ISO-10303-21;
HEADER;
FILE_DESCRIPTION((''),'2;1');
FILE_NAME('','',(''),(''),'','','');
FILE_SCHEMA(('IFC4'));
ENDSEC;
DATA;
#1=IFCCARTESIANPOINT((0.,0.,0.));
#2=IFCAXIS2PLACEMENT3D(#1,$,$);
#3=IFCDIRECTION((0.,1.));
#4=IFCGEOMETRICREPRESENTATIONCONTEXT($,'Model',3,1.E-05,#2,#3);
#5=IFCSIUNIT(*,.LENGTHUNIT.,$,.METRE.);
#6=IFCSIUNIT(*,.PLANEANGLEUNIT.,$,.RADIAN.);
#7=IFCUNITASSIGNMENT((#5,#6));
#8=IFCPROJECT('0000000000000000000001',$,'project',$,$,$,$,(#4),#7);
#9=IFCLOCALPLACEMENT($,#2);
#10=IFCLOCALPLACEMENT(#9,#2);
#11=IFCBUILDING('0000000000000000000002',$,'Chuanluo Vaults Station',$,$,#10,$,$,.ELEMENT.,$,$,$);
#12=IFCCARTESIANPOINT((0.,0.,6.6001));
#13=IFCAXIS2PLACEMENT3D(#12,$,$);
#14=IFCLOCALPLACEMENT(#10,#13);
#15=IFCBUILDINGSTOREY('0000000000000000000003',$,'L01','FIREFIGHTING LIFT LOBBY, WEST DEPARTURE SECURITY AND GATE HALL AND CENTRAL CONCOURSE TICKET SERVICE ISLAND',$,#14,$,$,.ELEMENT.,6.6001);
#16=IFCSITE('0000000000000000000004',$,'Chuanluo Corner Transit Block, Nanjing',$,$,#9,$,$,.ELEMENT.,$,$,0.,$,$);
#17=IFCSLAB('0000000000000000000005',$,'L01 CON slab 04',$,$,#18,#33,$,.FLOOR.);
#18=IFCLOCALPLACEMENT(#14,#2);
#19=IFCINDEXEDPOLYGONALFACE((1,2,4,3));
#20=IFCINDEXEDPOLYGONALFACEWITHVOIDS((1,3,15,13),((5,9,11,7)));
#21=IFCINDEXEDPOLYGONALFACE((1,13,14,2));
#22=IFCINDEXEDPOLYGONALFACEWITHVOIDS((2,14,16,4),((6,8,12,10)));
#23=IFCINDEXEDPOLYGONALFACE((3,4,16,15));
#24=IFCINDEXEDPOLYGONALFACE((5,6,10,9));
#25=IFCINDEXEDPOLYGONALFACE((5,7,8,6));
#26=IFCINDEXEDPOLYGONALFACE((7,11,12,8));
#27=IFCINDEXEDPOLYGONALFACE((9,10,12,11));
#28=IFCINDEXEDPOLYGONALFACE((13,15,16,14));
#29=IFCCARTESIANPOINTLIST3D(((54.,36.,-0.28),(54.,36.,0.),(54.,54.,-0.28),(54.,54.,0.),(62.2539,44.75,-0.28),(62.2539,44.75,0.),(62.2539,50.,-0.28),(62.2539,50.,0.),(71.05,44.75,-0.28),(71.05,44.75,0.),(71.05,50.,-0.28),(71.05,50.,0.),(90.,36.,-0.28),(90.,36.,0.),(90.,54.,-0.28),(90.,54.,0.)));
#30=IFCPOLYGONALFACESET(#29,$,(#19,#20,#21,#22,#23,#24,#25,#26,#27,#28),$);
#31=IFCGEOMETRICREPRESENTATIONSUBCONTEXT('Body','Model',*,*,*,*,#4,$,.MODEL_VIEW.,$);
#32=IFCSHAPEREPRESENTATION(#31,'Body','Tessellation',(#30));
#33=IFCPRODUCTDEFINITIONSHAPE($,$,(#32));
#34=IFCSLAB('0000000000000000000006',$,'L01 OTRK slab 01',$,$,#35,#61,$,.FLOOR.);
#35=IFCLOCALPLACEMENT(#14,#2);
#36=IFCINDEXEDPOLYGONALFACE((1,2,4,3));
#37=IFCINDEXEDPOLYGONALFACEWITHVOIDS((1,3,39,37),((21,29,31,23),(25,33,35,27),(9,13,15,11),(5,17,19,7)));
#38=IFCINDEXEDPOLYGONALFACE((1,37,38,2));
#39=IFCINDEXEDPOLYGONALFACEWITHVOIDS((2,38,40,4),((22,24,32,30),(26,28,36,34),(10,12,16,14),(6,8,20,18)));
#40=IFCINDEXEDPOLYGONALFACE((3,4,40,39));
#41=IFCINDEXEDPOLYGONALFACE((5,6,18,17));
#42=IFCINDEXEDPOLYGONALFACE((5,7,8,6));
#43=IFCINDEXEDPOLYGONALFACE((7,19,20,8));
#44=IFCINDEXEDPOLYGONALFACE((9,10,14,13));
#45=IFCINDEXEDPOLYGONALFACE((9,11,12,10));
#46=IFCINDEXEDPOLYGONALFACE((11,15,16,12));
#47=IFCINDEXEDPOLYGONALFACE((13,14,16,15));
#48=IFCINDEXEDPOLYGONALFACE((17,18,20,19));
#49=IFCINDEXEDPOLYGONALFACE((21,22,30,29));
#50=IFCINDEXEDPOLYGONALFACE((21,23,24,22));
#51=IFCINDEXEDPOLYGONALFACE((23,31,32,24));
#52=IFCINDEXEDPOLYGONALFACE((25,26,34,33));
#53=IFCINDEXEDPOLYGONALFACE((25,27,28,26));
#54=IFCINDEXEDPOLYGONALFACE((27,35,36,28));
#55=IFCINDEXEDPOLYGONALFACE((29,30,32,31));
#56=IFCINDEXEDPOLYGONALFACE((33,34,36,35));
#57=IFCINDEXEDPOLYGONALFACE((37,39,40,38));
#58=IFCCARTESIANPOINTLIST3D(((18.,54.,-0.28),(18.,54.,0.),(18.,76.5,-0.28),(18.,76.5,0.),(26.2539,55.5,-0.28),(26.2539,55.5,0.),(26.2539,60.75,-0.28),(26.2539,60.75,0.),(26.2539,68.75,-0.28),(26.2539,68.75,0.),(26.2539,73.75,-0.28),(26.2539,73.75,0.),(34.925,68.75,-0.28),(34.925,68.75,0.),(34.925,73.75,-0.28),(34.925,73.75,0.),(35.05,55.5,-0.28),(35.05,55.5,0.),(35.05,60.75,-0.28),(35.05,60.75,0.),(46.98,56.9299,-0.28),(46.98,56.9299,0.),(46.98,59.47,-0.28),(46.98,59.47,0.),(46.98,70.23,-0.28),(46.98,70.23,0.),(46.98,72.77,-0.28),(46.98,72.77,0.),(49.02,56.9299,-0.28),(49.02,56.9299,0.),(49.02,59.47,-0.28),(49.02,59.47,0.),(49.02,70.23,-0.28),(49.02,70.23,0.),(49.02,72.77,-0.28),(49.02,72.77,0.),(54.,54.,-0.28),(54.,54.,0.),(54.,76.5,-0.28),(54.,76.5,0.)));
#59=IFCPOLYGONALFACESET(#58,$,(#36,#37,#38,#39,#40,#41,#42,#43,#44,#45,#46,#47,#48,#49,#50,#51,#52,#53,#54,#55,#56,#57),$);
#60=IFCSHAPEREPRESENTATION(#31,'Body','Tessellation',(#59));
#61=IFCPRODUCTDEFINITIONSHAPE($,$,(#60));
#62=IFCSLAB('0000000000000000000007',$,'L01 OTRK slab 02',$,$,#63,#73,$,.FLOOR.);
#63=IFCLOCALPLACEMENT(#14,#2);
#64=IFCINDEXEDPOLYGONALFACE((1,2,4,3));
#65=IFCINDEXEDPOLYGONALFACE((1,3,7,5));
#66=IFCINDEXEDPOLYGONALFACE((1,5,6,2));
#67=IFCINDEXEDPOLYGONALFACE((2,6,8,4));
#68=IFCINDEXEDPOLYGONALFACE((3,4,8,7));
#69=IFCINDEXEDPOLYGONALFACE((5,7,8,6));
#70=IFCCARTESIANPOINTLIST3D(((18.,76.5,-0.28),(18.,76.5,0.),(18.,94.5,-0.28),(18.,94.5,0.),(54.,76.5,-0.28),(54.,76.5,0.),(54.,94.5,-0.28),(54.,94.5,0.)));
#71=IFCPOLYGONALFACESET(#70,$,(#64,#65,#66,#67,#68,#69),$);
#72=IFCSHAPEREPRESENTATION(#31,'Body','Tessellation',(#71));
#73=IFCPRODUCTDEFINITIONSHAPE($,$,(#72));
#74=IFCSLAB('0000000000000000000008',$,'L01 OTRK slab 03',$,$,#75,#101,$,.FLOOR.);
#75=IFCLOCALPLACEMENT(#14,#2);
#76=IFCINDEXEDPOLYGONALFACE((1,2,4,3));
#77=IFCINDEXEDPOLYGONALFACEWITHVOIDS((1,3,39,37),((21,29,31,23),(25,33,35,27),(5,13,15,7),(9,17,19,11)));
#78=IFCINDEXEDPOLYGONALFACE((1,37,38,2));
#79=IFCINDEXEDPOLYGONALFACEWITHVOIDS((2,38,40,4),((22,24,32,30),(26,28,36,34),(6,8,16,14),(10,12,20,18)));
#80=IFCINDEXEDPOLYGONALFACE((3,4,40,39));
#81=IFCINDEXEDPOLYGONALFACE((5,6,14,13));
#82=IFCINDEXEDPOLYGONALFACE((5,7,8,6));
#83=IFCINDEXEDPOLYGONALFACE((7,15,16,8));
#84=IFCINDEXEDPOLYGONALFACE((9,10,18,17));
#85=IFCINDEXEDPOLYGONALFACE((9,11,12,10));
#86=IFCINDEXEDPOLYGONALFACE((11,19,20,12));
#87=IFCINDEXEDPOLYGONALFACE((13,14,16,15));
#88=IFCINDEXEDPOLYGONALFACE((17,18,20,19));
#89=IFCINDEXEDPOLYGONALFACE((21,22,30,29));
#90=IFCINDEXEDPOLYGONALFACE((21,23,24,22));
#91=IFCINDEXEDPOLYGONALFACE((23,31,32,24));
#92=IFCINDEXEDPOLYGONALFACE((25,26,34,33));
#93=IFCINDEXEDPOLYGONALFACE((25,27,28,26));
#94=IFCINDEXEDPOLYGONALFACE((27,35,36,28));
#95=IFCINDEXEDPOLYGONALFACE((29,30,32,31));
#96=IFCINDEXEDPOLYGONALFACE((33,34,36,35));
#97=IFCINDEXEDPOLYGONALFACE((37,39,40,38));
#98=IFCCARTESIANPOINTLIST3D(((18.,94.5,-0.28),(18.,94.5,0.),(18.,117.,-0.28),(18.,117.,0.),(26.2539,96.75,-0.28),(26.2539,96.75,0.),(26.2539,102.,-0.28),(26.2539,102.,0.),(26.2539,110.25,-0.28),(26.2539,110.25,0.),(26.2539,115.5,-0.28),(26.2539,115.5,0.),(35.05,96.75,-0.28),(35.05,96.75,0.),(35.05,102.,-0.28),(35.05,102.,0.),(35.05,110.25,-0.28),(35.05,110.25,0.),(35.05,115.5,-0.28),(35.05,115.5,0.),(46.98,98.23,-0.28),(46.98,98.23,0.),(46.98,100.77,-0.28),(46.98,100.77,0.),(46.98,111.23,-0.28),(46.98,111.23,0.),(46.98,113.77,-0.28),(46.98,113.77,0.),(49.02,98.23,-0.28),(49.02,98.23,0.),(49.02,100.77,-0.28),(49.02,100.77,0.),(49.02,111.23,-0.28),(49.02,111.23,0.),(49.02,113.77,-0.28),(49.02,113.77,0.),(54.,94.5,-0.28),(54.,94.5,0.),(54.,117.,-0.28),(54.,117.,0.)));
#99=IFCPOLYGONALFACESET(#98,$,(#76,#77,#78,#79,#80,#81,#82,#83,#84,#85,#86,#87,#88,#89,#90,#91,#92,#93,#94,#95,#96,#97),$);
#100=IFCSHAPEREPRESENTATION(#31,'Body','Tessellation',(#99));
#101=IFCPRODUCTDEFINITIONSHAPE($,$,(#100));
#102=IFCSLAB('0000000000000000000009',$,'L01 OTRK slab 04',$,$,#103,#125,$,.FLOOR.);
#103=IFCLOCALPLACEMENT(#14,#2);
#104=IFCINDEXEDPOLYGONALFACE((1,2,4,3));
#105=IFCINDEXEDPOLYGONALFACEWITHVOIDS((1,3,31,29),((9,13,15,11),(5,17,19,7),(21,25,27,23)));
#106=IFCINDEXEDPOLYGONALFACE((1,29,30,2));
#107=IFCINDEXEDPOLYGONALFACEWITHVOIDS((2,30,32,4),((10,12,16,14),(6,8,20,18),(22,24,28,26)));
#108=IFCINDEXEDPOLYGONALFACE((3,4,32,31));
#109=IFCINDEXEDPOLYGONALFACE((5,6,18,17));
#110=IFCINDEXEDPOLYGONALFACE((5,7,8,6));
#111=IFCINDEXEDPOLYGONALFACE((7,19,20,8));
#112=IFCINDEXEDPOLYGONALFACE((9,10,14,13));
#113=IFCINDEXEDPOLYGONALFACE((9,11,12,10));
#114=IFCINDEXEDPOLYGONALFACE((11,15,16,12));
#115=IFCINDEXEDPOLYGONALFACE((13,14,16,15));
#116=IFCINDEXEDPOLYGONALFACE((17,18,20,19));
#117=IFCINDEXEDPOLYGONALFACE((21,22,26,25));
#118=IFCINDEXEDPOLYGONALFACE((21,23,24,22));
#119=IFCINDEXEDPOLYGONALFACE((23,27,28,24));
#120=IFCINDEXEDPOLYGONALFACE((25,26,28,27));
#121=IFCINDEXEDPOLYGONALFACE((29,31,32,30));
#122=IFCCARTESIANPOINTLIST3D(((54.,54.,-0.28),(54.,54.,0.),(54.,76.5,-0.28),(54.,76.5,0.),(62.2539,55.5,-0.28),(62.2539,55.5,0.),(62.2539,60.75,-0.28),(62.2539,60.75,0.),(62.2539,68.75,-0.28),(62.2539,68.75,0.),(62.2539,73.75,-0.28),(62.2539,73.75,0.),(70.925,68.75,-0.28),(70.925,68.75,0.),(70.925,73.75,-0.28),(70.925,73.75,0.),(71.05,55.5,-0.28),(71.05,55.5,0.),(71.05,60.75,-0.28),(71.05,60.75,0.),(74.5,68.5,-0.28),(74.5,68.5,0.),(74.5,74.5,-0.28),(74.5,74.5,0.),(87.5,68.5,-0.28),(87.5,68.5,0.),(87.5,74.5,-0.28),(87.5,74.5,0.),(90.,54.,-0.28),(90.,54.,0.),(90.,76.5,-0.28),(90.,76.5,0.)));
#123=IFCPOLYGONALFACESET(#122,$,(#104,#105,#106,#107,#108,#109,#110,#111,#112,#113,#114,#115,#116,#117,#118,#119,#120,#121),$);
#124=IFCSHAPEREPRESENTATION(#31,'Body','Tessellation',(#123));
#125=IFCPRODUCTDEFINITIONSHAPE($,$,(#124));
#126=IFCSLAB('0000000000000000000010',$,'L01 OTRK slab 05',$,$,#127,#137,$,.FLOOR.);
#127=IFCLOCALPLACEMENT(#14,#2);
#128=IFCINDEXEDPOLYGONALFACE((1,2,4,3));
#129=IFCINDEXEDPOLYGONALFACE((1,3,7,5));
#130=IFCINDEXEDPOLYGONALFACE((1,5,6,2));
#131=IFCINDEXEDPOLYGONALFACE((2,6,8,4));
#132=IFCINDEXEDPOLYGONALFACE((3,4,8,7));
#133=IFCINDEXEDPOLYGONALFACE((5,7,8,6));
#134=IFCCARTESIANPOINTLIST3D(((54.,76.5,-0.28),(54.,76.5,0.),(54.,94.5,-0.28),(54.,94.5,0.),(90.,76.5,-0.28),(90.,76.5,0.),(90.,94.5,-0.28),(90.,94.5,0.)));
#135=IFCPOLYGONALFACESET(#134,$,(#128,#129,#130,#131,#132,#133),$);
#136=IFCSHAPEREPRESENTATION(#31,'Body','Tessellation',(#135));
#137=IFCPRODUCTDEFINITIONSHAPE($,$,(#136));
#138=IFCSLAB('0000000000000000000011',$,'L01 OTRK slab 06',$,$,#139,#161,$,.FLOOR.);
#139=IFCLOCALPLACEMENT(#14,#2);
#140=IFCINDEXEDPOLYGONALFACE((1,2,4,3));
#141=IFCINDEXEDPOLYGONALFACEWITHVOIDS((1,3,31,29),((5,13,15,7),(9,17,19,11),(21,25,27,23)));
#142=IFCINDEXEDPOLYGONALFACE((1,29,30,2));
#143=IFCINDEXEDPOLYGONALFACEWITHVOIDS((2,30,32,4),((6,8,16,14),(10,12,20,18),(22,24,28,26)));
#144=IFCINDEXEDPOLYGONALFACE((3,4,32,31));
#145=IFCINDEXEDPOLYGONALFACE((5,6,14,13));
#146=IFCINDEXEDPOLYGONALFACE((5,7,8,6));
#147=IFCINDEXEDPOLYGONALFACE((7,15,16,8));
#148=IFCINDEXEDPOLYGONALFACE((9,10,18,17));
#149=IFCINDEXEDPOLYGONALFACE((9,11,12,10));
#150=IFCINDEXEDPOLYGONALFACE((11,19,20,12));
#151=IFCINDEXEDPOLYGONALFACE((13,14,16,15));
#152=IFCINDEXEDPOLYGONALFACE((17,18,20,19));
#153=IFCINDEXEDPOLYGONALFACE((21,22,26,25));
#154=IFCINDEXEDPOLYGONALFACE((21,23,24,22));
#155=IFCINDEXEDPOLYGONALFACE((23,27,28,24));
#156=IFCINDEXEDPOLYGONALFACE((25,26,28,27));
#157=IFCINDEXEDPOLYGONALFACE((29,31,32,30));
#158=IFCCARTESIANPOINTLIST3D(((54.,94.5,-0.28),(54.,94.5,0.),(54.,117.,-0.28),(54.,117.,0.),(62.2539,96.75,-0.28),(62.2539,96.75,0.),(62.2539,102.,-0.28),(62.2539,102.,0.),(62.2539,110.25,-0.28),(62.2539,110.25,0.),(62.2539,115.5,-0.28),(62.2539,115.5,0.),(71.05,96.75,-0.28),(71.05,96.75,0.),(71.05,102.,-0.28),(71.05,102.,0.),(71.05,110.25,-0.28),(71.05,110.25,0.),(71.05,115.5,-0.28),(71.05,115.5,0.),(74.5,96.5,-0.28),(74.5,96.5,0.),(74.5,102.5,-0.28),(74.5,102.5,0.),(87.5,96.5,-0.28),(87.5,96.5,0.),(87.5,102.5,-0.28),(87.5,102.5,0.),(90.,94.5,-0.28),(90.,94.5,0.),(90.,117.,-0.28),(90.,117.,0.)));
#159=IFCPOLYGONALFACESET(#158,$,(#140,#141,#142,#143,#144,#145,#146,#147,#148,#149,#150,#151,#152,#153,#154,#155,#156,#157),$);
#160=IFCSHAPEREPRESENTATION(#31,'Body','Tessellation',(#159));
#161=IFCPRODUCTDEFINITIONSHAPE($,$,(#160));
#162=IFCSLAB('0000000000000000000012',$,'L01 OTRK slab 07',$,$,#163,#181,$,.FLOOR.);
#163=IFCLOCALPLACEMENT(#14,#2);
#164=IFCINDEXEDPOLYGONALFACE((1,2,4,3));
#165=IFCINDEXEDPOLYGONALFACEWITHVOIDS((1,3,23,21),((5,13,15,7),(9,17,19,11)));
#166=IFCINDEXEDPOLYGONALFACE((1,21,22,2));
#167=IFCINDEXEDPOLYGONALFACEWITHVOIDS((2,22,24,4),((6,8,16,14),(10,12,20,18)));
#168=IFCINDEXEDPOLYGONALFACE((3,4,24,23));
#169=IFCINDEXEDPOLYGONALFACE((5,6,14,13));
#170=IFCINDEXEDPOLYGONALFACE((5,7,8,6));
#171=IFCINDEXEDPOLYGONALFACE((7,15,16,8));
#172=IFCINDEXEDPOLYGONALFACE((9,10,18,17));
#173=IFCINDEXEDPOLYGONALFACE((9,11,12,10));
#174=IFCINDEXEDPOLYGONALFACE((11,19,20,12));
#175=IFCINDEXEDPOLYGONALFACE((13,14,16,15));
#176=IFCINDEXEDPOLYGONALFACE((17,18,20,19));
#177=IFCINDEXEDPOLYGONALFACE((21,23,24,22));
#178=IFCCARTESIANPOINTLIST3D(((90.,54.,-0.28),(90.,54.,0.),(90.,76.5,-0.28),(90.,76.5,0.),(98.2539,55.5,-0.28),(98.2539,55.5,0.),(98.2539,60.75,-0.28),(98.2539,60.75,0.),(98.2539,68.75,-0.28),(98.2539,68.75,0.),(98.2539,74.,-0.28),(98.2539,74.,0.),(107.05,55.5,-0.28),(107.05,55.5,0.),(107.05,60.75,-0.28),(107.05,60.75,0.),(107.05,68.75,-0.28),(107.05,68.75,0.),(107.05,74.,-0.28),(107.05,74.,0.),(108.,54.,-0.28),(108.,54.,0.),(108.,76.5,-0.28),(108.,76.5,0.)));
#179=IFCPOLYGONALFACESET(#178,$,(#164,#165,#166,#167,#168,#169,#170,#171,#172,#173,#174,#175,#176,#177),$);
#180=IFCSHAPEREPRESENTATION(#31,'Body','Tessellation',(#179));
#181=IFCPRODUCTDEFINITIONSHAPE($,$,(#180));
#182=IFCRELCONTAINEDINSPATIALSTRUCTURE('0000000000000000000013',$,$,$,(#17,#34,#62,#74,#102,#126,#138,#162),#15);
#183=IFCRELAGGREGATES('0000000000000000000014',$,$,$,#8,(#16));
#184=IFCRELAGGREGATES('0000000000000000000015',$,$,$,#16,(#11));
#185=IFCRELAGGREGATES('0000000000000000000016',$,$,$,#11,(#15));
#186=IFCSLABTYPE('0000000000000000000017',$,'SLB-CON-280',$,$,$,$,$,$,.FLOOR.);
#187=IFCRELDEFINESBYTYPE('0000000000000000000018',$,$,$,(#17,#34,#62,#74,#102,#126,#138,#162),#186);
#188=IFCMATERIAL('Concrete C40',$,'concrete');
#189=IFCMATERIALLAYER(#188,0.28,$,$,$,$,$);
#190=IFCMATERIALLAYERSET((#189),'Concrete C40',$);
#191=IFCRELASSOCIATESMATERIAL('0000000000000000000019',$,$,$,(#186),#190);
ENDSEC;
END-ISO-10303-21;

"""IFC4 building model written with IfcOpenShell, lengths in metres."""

from ifc_helpers import new_model, si_unit, direction, frame, origin, place, context, subcontext, project, spatial, polyline, outline, extrude, material, layer, layer_set, type_object, element, save


model = new_model("IFC4")

# Units and contexts
model_context = context("Model", 3, precision=1e-05, world=origin(), true_north=direction((0.0, 1.0)))
body_context = subcontext(model_context, "Body", "Model", "MODEL_VIEW")
ifc_project = project(units=[si_unit("LENGTHUNIT", "METRE"), si_unit("PLANEANGLEUNIT", "RADIAN")], contexts=[model_context])

# Site, building, storey
site_placement = place(None, origin())
site = spatial("IfcSite", under=ifc_project, at=site_placement, Name="Chuanluo Corner Transit Block, Nanjing", CompositionType="ELEMENT", RefElevation=0.0)
building_placement = place(site_placement, origin())
building = spatial("IfcBuilding", under=site, at=building_placement, Name="Chuanluo Vaults Station", CompositionType="ELEMENT")
storey_placement = place(building_placement, frame((0.0, 0.0, 6.6001)))
storey = spatial("IfcBuildingStorey", under=building, at=storey_placement, Name="L01", Description="FIREFIGHTING LIFT LOBBY, WEST DEPARTURE SECURITY AND GATE HALL AND CENTRAL CONCOURSE TICKET SERVICE ISLAND", CompositionType="ELEMENT", Elevation=6.6001)

# Slabs
ifc_material_1 = material(Name="Concrete C40", Category="concrete")
ifc_layer_1 = layer(ifc_material_1, 0.28)
ifc_layer_set_1 = layer_set([ifc_layer_1], Name="Concrete C40")
slab_type_1 = type_object("IfcSlabType", Name="SLB-CON-280", PredefinedType="FLOOR", material=ifc_layer_set_1)
slab_1_placement = place(storey_placement, frame((0.0, 0.0, -0.28)))
element("IfcSlab", 1, at=slab_1_placement, inside=storey, type_object=slab_type_1, Name="L01 CON slab 04", PredefinedType="FLOOR", context=body_context, shape_type="SweptSolid", body=[
    extrude(outline(polyline([(54.0, 36.0), (90.0, 36.0), (90.0, 54.0), (54.0, 54.0), (54.0, 36.0)]), holes=[polyline([(62.2539, 44.75), (71.05, 44.75), (71.05, 50.0), (62.2539, 50.0), (62.2539, 44.75)])]), origin(), (0.0, 0.0, 1.0), 0.28),
])
slab_2_placement = place(storey_placement, frame((0.0, 0.0, -0.28)))
element("IfcSlab", 2, at=slab_2_placement, inside=storey, type_object=slab_type_1, Name="L01 OTRK slab 01", PredefinedType="FLOOR", context=body_context, shape_type="SweptSolid", body=[
    extrude(outline(polyline([(18.0, 54.0), (54.0, 54.0), (54.0, 76.5), (18.0, 76.5), (18.0, 54.0)]), holes=[polyline([(26.2539, 55.5), (35.05, 55.5), (35.05, 60.75), (26.2539, 60.75), (26.2539, 55.5)]), polyline([(26.2539, 68.75), (34.925, 68.75), (34.925, 73.75), (26.2539, 73.75), (26.2539, 68.75)]), polyline([(46.98, 56.9299), (49.02, 56.9299), (49.02, 59.47), (46.98, 59.47), (46.98, 56.9299)]), polyline([(46.98, 70.23), (49.02, 70.23), (49.02, 72.77), (46.98, 72.77), (46.98, 70.23)])]), origin(), (0.0, 0.0, 1.0), 0.28),
])
slab_3_placement = place(storey_placement, frame((0.0, 0.0, -0.28)))
element("IfcSlab", 3, at=slab_3_placement, inside=storey, type_object=slab_type_1, Name="L01 OTRK slab 02", PredefinedType="FLOOR", context=body_context, shape_type="SweptSolid", body=[
    extrude(outline(polyline([(18.0, 76.5), (54.0, 76.5), (54.0, 94.5), (18.0, 94.5), (18.0, 76.5)])), origin(), (0.0, 0.0, 1.0), 0.28),
])
slab_4_placement = place(storey_placement, frame((0.0, 0.0, -0.28)))
element("IfcSlab", 4, at=slab_4_placement, inside=storey, type_object=slab_type_1, Name="L01 OTRK slab 03", PredefinedType="FLOOR", context=body_context, shape_type="SweptSolid", body=[
    extrude(outline(polyline([(18.0, 94.5), (54.0, 94.5), (54.0, 117.0), (18.0, 117.0), (18.0, 94.5)]), holes=[polyline([(26.2539, 96.75), (35.05, 96.75), (35.05, 102.0), (26.2539, 102.0), (26.2539, 96.75)]), polyline([(26.2539, 110.25), (35.05, 110.25), (35.05, 115.5), (26.2539, 115.5), (26.2539, 110.25)]), polyline([(46.98, 98.23), (49.02, 98.23), (49.02, 100.77), (46.98, 100.77), (46.98, 98.23)]), polyline([(46.98, 111.23), (49.02, 111.23), (49.02, 113.77), (46.98, 113.77), (46.98, 111.23)])]), origin(), (0.0, 0.0, 1.0), 0.28),
])
slab_5_placement = place(storey_placement, frame((0.0, 0.0, -0.28)))
element("IfcSlab", 5, at=slab_5_placement, inside=storey, type_object=slab_type_1, Name="L01 OTRK slab 04", PredefinedType="FLOOR", context=body_context, shape_type="SweptSolid", body=[
    extrude(outline(polyline([(54.0, 54.0), (90.0, 54.0), (90.0, 76.5), (54.0, 76.5), (54.0, 54.0)]), holes=[polyline([(62.2539, 55.5), (71.05, 55.5), (71.05, 60.75), (62.2539, 60.75), (62.2539, 55.5)]), polyline([(62.2539, 68.75), (70.925, 68.75), (70.925, 73.75), (62.2539, 73.75), (62.2539, 68.75)]), polyline([(74.5, 68.5), (87.5, 68.5), (87.5, 74.5), (74.5, 74.5), (74.5, 68.5)])]), origin(), (0.0, 0.0, 1.0), 0.28),
])
slab_6_placement = place(storey_placement, frame((0.0, 0.0, -0.28)))
element("IfcSlab", 6, at=slab_6_placement, inside=storey, type_object=slab_type_1, Name="L01 OTRK slab 05", PredefinedType="FLOOR", context=body_context, shape_type="SweptSolid", body=[
    extrude(outline(polyline([(54.0, 76.5), (90.0, 76.5), (90.0, 94.5), (54.0, 94.5), (54.0, 76.5)])), origin(), (0.0, 0.0, 1.0), 0.28),
])
slab_7_placement = place(storey_placement, frame((0.0, 0.0, -0.28)))
element("IfcSlab", 7, at=slab_7_placement, inside=storey, type_object=slab_type_1, Name="L01 OTRK slab 06", PredefinedType="FLOOR", context=body_context, shape_type="SweptSolid", body=[
    extrude(outline(polyline([(54.0, 94.5), (90.0, 94.5), (90.0, 117.0), (54.0, 117.0), (54.0, 94.5)]), holes=[polyline([(62.2539, 96.75), (71.05, 96.75), (71.05, 102.0), (62.2539, 102.0), (62.2539, 96.75)]), polyline([(62.2539, 110.25), (71.05, 110.25), (71.05, 115.5), (62.2539, 115.5), (62.2539, 110.25)]), polyline([(74.5, 96.5), (87.5, 96.5), (87.5, 102.5), (74.5, 102.5), (74.5, 96.5)])]), origin(), (0.0, 0.0, 1.0), 0.28),
])
slab_8_placement = place(storey_placement, frame((0.0, 0.0, -0.28)))
element("IfcSlab", 8, at=slab_8_placement, inside=storey, type_object=slab_type_1, Name="L01 OTRK slab 07", PredefinedType="FLOOR", context=body_context, shape_type="SweptSolid", body=[
    extrude(outline(polyline([(90.0, 54.0), (108.0, 54.0), (108.0, 76.5), (90.0, 76.5), (90.0, 54.0)]), holes=[polyline([(98.2539, 55.5), (107.05, 55.5), (107.05, 60.75), (98.2539, 60.75), (98.2539, 55.5)]), polyline([(98.2539, 68.75), (107.05, 68.75), (107.05, 74.0), (98.2539, 74.0), (98.2539, 68.75)])]), origin(), (0.0, 0.0, 1.0), 0.28),
])

save(model, "model.ifc")
